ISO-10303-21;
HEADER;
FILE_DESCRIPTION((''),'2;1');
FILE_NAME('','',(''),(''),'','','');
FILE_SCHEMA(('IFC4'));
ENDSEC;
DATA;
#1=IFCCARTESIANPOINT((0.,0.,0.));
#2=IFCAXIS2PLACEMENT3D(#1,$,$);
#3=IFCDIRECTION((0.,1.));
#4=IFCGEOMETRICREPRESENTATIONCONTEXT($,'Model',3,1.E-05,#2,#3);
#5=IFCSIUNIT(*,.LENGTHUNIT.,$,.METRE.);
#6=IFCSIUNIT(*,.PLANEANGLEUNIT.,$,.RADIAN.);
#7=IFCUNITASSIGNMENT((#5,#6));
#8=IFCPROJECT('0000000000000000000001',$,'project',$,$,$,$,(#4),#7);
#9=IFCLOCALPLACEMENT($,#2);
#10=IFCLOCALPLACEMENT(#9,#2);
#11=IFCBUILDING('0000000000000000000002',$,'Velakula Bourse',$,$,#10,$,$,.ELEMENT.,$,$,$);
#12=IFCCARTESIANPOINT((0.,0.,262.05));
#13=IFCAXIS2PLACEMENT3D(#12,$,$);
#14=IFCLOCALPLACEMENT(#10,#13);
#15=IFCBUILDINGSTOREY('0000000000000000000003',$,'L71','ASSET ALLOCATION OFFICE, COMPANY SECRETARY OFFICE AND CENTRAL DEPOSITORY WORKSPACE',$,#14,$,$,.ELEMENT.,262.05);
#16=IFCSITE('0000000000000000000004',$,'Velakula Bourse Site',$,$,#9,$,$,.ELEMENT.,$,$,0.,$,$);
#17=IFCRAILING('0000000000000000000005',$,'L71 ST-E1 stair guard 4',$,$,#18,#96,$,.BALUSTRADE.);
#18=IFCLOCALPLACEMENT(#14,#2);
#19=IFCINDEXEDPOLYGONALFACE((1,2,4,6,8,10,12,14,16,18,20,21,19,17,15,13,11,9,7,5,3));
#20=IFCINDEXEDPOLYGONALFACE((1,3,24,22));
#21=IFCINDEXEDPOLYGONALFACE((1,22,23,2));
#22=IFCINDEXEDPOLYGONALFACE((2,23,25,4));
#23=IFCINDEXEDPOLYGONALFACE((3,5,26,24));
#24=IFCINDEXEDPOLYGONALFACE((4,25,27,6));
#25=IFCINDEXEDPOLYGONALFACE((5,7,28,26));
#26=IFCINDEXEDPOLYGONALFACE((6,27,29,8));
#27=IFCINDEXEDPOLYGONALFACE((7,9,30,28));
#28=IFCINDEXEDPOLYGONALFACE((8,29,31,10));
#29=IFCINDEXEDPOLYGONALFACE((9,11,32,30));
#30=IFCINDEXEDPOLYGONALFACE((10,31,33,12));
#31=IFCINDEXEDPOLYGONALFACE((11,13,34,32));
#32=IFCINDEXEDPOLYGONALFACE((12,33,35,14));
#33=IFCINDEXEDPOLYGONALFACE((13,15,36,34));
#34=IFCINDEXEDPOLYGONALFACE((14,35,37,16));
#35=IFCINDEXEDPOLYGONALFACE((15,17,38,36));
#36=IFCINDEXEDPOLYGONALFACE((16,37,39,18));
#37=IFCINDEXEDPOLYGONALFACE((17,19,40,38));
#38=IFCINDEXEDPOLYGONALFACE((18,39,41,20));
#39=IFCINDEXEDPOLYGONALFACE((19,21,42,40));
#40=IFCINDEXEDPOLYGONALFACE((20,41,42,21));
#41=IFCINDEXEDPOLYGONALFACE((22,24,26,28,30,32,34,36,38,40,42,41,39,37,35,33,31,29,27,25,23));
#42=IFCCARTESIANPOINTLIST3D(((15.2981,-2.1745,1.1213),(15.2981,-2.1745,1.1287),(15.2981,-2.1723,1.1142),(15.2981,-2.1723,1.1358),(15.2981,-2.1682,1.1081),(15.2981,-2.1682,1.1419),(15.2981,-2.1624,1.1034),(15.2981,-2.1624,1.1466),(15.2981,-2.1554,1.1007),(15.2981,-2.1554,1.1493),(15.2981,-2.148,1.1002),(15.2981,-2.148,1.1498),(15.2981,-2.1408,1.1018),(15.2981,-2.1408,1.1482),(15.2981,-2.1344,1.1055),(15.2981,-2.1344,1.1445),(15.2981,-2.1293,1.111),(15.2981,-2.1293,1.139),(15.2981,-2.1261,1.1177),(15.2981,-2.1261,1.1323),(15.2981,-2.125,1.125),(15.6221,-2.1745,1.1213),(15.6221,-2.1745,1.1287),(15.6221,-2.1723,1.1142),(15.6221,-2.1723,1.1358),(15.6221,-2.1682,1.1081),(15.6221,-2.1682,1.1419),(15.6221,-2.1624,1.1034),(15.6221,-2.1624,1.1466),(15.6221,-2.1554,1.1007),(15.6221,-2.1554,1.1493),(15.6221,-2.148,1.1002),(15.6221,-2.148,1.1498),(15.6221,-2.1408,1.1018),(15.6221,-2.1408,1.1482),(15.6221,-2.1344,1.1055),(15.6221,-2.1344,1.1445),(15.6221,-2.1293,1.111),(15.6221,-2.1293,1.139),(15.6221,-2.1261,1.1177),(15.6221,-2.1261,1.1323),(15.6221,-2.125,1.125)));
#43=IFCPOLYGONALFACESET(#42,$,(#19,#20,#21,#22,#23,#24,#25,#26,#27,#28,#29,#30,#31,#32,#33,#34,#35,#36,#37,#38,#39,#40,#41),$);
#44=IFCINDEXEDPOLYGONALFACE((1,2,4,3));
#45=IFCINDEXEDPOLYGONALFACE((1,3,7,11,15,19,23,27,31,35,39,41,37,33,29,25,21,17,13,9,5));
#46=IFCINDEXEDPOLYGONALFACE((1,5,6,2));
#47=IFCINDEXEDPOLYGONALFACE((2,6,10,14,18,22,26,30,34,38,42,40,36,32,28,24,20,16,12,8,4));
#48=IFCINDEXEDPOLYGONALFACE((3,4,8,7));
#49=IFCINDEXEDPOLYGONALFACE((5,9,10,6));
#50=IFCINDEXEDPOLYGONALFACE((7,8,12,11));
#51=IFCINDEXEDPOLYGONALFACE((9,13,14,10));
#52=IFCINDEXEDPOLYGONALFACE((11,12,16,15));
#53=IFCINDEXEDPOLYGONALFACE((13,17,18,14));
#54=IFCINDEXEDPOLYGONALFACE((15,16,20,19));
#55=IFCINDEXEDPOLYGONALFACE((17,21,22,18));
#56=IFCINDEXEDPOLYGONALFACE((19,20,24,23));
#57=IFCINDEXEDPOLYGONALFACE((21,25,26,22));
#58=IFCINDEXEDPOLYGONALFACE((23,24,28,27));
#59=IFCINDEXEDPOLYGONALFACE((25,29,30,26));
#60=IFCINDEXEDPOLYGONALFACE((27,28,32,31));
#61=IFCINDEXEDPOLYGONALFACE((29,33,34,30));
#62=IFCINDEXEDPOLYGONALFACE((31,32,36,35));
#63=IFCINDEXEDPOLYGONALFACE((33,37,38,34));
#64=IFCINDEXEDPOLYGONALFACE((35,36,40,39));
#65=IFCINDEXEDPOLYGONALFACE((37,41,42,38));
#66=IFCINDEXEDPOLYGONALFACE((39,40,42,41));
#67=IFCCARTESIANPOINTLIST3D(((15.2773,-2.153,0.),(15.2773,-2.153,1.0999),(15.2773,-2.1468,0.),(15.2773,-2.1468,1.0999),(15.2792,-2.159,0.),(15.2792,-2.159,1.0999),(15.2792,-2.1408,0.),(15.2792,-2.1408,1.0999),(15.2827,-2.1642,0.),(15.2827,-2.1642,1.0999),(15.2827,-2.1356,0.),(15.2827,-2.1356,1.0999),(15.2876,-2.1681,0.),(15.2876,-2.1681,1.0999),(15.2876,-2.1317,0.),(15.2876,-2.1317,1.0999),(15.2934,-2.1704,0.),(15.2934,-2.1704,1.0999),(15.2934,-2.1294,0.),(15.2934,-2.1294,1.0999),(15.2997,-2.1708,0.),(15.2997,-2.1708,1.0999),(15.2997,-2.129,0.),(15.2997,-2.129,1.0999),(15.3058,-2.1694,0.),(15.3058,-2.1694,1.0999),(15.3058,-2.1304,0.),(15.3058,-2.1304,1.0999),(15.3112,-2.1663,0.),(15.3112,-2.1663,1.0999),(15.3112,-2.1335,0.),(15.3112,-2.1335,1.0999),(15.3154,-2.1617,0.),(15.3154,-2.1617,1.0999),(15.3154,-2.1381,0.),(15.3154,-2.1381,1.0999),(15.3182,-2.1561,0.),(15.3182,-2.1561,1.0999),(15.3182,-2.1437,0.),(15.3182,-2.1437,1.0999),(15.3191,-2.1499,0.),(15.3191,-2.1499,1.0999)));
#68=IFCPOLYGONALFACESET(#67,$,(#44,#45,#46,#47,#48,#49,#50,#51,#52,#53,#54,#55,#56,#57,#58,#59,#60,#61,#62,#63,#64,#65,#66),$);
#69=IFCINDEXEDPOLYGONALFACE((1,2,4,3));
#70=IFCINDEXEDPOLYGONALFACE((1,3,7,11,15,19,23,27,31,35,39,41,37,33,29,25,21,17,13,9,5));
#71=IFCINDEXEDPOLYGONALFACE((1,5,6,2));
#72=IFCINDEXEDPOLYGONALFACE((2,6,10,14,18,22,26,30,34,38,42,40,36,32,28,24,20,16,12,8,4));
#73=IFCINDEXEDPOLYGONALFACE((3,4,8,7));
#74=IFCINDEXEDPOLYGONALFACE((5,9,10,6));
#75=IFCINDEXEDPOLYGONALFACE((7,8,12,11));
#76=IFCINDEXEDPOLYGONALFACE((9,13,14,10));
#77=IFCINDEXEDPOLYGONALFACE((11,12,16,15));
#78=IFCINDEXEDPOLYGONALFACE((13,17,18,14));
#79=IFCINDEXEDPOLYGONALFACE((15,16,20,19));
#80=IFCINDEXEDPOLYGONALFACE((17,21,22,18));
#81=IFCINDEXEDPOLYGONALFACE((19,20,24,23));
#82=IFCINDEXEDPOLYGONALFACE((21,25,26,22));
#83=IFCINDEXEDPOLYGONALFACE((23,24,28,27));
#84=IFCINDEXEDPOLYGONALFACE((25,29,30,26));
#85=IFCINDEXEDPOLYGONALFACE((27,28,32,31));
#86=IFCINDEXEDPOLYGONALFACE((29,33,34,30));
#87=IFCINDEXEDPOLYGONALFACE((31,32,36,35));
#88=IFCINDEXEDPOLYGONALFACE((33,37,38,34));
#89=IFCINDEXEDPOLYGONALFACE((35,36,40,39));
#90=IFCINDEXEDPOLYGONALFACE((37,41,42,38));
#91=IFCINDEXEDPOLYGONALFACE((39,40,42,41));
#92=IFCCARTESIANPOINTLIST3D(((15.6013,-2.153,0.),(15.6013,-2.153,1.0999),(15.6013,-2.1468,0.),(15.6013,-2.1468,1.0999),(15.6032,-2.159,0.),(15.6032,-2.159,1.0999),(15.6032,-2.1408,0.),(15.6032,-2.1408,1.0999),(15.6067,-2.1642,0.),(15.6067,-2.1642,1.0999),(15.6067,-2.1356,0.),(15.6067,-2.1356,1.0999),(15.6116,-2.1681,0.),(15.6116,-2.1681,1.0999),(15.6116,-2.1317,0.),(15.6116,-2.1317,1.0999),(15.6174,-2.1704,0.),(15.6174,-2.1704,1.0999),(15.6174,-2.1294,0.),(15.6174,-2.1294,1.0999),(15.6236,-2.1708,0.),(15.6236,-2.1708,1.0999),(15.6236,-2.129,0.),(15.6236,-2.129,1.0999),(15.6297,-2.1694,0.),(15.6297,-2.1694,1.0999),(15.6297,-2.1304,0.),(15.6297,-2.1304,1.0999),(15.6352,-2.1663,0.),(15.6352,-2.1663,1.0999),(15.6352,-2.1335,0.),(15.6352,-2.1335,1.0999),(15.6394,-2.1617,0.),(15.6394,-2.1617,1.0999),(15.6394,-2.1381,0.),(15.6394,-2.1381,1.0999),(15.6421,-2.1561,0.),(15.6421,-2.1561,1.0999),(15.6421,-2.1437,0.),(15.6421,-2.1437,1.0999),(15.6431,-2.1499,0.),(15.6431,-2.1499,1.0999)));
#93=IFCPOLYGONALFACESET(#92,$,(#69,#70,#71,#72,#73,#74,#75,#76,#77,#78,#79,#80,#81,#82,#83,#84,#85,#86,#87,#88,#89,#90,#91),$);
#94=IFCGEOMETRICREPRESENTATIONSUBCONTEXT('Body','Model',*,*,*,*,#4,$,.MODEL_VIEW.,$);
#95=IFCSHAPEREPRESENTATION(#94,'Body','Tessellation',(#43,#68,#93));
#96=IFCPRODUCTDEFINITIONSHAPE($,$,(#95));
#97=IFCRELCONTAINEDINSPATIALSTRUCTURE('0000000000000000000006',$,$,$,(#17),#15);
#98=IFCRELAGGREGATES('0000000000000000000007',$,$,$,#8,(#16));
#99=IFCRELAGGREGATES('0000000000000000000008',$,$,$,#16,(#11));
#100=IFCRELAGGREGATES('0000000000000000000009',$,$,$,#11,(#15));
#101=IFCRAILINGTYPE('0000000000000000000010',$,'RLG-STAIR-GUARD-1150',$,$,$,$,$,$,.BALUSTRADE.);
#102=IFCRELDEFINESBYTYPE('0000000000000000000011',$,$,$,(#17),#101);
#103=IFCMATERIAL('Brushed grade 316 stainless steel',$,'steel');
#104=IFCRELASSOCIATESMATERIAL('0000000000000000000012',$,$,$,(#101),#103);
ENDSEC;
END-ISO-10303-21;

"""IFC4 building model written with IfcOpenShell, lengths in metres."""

from ifc_helpers import new_model, si_unit, direction, frame, origin, origin_2d, place, context, subcontext, project, spatial, circle, extrude, material, type_object, element, save


model = new_model("IFC4")

# Units and contexts
model_context = context("Model", 3, precision=1e-05, world=origin(), true_north=direction((0.0, 1.0)))
body_context = subcontext(model_context, "Body", "Model", "MODEL_VIEW")
ifc_project = project(units=[si_unit("LENGTHUNIT", "METRE"), si_unit("PLANEANGLEUNIT", "RADIAN")], contexts=[model_context])

# Site, building, storey
site_placement = place(None, origin())
site = spatial("IfcSite", under=ifc_project, at=site_placement, Name="Velakula Bourse Site", CompositionType="ELEMENT", RefElevation=0.0)
building_placement = place(site_placement, origin())
building = spatial("IfcBuilding", under=site, at=building_placement, Name="Velakula Bourse", CompositionType="ELEMENT")
storey_placement = place(building_placement, frame((0.0, 0.0, 262.05)))
storey = spatial("IfcBuildingStorey", under=building, at=storey_placement, Name="L71", Description="ASSET ALLOCATION OFFICE, COMPANY SECRETARY OFFICE AND CENTRAL DEPOSITORY WORKSPACE", CompositionType="ELEMENT", Elevation=262.05)

# Shared definitions
ifc_material_1 = material(Name="Brushed grade 316 stainless steel", Category="steel")

# Railing
railing_type_1 = type_object("IfcRailingType", Name="RLG-STAIR-GUARD-1150", PredefinedType="BALUSTRADE", material=ifc_material_1)
railing_1_placement = place(storey_placement, frame((15.2981, -2.1499, 0.0)))
element("IfcRailing", 1, at=railing_1_placement, inside=storey, type_object=railing_type_1, Name="L71 ST-E1 stair guard 4", PredefinedType="BALUSTRADE", context=body_context, shape_type="SweptSolid", body=[
    extrude(circle(Radius=0.0249, at=origin_2d()), frame((0.0, 0.0, 1.125), z_axis=(1.0, 0.0, 0.0), x_axis=(0.0, 1.0, 0.0)), (0.0, 0.0, 1.0), 0.324),
    extrude(circle(Radius=0.021, at=origin_2d()), origin(), (0.0, 0.0, 1.0), 1.0999),
    extrude(circle(Radius=0.021, at=origin_2d()), frame((0.324, 0.0, 0.0)), (0.0, 0.0, 1.0), 1.0999),
])

save(model, "model.ifc")
